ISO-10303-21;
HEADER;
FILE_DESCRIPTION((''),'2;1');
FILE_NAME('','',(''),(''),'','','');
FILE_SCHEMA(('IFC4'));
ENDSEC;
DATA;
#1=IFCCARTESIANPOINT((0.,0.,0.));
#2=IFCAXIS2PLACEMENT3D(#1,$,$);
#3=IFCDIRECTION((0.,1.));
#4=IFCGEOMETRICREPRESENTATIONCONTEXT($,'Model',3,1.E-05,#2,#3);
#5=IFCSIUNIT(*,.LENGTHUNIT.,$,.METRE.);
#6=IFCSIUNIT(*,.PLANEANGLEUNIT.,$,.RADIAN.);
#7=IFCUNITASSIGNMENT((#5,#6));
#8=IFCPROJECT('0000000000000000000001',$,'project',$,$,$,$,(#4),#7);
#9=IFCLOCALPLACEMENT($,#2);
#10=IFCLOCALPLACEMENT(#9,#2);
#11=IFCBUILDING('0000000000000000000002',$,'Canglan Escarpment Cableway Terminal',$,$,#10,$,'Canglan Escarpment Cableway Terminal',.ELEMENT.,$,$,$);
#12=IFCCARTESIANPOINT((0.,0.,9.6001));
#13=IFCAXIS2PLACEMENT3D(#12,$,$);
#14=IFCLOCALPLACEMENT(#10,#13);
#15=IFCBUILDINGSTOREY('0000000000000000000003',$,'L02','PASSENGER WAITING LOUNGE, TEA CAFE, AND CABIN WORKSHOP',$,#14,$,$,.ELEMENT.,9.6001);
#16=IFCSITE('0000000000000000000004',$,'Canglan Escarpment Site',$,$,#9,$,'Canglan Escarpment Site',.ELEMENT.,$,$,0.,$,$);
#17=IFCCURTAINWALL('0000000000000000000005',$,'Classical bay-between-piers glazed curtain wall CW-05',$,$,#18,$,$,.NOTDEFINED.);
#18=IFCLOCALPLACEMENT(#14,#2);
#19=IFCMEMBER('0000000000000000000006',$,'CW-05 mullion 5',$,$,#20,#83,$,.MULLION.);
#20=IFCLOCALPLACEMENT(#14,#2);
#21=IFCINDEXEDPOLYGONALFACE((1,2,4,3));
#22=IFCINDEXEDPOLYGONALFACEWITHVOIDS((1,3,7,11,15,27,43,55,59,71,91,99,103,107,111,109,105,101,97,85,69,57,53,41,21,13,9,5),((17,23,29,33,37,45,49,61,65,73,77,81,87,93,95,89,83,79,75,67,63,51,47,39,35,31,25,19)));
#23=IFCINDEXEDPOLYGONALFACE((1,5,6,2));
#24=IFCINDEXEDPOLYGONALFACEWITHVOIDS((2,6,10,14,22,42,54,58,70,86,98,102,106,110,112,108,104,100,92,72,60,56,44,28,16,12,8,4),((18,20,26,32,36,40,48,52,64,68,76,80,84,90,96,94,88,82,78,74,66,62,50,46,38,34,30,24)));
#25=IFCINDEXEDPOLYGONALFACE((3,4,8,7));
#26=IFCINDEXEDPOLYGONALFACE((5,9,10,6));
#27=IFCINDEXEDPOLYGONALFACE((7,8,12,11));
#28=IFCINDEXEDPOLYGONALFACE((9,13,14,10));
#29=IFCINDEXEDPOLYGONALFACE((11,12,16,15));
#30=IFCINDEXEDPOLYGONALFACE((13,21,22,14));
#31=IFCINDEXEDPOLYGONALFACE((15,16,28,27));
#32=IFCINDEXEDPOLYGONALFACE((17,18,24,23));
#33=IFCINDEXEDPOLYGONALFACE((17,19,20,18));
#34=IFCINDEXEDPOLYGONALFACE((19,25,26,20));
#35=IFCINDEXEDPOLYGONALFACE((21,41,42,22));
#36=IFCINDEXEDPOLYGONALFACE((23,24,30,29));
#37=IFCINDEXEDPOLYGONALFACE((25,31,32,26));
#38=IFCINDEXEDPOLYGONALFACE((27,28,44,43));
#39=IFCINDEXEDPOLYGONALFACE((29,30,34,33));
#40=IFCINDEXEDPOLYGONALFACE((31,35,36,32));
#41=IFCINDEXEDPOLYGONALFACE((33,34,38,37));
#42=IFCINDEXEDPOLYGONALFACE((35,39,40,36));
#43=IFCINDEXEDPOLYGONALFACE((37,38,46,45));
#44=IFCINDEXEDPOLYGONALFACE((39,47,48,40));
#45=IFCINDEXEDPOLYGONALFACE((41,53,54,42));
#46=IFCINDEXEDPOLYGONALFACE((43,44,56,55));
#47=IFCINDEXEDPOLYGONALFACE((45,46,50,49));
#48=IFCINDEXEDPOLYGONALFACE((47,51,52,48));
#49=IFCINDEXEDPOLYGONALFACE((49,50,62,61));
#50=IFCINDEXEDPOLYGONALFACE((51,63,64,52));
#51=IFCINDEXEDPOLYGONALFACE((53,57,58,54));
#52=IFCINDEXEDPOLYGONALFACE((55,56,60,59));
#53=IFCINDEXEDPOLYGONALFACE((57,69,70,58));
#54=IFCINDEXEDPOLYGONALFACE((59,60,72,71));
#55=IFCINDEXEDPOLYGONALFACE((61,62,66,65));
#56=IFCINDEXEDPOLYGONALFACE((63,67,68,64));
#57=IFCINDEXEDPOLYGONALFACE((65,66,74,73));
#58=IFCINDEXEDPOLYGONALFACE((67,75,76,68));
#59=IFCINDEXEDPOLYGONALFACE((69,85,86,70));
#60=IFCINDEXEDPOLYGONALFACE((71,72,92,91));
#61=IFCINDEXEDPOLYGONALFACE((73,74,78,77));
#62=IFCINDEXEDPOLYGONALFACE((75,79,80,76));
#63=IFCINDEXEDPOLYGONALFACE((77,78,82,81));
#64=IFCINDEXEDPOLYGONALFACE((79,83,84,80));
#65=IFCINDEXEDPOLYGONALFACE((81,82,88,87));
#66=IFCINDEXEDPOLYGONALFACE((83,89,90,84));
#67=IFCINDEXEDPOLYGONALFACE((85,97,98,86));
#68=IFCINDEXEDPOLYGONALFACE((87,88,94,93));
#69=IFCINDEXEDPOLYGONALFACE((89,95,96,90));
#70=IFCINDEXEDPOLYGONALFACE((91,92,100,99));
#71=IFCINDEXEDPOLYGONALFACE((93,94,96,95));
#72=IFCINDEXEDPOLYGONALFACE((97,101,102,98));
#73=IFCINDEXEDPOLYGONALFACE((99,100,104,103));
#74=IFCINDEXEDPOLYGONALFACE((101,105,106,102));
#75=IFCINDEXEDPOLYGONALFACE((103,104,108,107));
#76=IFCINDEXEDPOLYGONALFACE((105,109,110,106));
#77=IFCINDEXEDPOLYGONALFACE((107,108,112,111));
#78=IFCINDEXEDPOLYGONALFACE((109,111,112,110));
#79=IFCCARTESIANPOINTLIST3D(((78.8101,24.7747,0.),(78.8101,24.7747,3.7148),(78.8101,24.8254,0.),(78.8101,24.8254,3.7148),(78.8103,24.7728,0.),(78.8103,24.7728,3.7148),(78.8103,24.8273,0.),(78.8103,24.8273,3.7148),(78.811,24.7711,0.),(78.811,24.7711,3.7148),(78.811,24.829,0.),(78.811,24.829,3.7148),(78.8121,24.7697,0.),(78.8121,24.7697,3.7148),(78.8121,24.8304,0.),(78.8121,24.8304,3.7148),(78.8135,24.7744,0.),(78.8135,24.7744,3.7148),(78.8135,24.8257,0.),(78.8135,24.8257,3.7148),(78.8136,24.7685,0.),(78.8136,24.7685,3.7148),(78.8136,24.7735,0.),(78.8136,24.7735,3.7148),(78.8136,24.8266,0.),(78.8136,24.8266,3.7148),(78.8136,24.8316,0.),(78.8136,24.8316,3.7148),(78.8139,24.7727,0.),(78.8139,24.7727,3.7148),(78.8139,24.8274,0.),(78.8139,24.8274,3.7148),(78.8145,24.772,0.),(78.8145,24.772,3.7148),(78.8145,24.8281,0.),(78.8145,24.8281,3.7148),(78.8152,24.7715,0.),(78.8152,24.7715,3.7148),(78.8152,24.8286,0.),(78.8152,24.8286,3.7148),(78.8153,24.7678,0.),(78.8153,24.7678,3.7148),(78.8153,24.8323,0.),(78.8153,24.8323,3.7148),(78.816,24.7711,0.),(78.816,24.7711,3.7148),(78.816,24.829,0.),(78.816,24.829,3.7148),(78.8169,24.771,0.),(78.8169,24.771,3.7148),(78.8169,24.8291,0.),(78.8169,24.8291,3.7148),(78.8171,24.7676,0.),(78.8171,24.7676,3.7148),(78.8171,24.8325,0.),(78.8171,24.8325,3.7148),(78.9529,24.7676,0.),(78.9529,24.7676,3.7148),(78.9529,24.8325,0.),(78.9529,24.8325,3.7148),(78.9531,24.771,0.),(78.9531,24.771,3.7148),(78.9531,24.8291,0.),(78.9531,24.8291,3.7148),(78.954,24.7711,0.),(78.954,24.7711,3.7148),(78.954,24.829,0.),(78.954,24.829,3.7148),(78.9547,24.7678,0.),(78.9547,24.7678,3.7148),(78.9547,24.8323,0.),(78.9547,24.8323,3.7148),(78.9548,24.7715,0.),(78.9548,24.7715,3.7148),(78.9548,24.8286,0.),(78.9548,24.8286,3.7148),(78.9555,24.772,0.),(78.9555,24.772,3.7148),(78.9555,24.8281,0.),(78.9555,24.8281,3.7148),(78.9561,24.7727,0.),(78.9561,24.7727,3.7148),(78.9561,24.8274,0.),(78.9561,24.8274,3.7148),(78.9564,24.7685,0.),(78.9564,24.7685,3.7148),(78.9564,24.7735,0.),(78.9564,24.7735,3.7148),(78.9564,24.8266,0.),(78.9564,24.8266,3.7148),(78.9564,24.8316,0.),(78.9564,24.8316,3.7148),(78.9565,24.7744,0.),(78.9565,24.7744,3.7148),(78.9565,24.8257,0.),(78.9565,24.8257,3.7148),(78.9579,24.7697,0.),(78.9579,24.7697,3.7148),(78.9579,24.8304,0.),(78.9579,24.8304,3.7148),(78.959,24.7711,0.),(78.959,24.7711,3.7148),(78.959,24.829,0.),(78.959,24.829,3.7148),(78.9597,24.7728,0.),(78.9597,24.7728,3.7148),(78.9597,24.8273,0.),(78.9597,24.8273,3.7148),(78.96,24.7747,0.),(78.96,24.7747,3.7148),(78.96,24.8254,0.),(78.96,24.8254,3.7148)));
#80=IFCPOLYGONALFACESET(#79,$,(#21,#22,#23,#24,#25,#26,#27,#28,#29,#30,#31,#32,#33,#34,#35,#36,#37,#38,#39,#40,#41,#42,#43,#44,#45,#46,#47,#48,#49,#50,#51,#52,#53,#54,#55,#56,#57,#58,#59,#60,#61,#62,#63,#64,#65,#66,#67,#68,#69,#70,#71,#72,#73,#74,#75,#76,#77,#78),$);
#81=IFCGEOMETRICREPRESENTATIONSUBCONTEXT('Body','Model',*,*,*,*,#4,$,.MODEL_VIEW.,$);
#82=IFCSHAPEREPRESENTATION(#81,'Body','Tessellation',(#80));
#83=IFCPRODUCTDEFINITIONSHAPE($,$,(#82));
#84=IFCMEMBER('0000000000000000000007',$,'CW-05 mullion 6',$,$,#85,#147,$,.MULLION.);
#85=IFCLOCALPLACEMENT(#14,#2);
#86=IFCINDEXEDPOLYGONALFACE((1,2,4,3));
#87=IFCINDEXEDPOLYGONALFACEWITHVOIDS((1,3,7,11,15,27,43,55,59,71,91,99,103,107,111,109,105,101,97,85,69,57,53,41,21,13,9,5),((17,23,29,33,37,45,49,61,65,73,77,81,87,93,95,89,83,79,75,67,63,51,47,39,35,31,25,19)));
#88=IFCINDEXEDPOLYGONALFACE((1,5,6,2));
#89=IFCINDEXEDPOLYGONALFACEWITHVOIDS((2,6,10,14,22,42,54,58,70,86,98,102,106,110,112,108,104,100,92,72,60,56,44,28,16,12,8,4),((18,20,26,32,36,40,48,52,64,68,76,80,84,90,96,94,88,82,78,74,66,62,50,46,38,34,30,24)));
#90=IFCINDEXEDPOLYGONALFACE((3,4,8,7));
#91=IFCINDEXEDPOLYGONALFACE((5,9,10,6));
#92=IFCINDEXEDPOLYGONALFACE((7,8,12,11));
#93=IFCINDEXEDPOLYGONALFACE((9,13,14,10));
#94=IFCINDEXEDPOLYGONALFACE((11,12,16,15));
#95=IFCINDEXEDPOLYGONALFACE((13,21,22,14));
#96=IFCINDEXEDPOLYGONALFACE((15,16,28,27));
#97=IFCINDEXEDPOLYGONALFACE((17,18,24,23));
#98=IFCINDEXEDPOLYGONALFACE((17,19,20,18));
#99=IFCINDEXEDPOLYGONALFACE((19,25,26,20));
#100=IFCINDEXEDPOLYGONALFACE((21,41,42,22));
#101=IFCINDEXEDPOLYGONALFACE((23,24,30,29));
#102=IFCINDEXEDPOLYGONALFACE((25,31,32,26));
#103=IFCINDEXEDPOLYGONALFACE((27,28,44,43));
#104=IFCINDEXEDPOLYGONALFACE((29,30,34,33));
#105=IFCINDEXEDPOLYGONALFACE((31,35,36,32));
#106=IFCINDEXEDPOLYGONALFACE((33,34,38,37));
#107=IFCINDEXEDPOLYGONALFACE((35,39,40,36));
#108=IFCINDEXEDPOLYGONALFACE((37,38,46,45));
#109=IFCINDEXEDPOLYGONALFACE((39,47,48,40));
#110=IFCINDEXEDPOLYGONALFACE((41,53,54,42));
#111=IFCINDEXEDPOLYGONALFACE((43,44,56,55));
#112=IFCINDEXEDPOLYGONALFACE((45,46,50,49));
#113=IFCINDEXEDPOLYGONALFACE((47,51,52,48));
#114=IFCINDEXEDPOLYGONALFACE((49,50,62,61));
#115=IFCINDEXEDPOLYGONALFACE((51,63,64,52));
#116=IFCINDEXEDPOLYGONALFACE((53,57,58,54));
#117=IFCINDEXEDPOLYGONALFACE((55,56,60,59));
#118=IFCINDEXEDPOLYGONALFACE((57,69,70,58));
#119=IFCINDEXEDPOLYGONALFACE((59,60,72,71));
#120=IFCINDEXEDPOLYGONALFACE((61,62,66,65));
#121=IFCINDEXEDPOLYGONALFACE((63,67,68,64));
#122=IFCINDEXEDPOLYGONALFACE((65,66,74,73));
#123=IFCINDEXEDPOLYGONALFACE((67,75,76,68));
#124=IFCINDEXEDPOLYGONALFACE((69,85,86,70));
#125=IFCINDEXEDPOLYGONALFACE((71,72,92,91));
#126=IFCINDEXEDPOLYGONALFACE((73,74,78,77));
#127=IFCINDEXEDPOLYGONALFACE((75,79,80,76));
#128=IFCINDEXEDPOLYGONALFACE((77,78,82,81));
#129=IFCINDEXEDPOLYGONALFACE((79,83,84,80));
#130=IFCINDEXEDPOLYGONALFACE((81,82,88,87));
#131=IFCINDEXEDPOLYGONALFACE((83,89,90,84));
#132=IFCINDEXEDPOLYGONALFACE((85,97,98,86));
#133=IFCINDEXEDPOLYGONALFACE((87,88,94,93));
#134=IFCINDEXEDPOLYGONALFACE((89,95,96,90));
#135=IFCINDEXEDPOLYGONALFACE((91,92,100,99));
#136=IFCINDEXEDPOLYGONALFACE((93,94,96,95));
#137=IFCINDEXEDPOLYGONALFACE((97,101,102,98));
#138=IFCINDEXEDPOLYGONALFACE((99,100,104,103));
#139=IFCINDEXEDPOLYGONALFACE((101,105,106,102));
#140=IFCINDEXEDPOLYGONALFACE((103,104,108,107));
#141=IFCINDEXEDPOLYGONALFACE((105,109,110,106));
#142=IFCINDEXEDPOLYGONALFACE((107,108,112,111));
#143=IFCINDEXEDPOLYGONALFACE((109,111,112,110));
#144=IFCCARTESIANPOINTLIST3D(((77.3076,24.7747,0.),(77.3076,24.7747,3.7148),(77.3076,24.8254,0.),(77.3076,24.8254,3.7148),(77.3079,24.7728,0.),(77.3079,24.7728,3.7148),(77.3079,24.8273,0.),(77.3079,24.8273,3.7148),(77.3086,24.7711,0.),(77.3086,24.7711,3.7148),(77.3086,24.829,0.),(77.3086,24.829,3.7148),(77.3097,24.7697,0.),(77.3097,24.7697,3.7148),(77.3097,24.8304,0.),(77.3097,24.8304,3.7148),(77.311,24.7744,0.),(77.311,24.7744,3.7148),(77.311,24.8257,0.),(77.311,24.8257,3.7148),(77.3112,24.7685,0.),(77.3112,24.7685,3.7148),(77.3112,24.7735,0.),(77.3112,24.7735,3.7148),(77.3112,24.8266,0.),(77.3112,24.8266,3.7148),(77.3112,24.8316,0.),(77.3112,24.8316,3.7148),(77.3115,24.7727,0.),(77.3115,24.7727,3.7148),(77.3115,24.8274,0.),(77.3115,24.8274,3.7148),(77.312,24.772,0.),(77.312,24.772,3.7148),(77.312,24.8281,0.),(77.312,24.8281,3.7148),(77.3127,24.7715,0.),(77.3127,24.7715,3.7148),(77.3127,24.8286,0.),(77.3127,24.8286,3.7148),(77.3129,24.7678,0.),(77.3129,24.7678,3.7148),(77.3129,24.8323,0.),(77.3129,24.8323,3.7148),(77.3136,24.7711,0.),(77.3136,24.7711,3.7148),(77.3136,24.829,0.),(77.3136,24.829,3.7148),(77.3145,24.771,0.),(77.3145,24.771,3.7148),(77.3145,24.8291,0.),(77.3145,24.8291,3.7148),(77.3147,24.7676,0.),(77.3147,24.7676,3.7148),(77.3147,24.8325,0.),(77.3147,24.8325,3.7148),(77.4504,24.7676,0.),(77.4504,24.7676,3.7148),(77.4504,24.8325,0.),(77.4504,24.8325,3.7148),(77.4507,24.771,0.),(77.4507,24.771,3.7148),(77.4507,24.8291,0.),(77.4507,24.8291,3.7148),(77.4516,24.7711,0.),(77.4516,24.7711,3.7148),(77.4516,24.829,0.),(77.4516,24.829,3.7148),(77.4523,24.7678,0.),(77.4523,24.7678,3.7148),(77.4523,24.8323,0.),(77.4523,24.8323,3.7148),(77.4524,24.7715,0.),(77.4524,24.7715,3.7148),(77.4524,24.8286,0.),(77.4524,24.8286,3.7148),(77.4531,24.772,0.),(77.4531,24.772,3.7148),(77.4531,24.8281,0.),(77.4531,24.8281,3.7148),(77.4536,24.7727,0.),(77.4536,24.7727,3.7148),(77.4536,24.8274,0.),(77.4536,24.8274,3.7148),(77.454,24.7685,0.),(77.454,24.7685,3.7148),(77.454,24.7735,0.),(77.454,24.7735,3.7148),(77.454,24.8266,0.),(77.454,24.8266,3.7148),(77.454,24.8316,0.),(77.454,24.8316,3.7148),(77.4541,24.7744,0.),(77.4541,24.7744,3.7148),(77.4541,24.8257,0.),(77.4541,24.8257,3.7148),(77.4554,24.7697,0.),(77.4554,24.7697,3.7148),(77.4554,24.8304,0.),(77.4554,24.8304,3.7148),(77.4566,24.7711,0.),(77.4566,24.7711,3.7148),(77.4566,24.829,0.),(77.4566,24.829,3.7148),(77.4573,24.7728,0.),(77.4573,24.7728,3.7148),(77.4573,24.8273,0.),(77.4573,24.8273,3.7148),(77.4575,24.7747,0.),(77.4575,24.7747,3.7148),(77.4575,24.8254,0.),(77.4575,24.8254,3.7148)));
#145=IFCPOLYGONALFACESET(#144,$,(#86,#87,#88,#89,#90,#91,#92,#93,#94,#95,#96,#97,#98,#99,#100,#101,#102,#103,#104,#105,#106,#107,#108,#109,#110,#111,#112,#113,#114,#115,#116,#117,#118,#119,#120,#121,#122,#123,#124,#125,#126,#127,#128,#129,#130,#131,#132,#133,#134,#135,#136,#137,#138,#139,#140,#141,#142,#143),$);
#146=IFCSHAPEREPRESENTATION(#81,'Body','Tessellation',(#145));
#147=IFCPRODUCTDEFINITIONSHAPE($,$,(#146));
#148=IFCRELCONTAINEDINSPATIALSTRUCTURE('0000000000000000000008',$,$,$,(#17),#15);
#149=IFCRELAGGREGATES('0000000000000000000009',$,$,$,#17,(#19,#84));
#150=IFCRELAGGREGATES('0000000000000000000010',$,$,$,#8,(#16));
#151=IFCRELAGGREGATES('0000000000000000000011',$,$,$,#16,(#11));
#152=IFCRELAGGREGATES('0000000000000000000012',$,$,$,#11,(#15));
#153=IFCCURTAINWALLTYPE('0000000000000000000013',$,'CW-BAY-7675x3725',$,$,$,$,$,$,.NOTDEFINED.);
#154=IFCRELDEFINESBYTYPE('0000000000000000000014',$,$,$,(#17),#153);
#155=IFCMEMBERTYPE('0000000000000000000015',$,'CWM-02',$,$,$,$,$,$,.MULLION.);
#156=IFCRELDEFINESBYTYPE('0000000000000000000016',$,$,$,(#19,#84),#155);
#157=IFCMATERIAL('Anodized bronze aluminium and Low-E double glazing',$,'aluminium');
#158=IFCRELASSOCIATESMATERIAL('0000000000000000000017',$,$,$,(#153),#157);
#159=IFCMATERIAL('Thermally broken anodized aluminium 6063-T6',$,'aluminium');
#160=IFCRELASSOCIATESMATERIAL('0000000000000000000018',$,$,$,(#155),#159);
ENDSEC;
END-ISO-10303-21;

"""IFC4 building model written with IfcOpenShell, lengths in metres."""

from ifc_helpers import new_model, si_unit, direction, frame, origin, origin_2d, place, context, subcontext, project, spatial, hollow_rectangle, extrude, material, material_profile, profile_set, type_object, element, aggregate, save


model = new_model("IFC4")

# Units and contexts
model_context = context("Model", 3, precision=1e-05, world=origin(), true_north=direction((0.0, 1.0)))
body_context = subcontext(model_context, "Body", "Model", "MODEL_VIEW")
ifc_project = project(units=[si_unit("LENGTHUNIT", "METRE"), si_unit("PLANEANGLEUNIT", "RADIAN")], contexts=[model_context])

# Site, building, storey
site_placement = place(None, origin())
site = spatial("IfcSite", under=ifc_project, at=site_placement, Name="Canglan Escarpment Site", LongName="Canglan Escarpment Site", CompositionType="ELEMENT", RefElevation=0.0)
building_placement = place(site_placement, origin())
building = spatial("IfcBuilding", under=site, at=building_placement, Name="Canglan Escarpment Cableway Terminal", LongName="Canglan Escarpment Cableway Terminal", CompositionType="ELEMENT")
storey_placement = place(building_placement, frame((0.0, 0.0, 9.6001)))
storey = spatial("IfcBuildingStorey", under=building, at=storey_placement, Name="L02", Description="PASSENGER WAITING LOUNGE, TEA CAFE, AND CABIN WORKSHOP", CompositionType="ELEMENT", Elevation=9.6001)

# Curtain wall, members
ifc_material_1 = material(Name="Anodized bronze aluminium and Low-E double glazing", Category="aluminium")
curtain_wall_type = type_object("IfcCurtainWallType", Name="CW-BAY-7675x3725", PredefinedType="NOTDEFINED", material=ifc_material_1)
curtain_wall_placement = place(storey_placement, origin())
curtain_wall = element("IfcCurtainWall", 1, at=curtain_wall_placement, inside=storey, type_object=curtain_wall_type, Name="Classical bay-between-piers glazed curtain wall CW-05", PredefinedType="NOTDEFINED")
ifc_material_2 = material(Name="Thermally broken anodized aluminium 6063-T6", Category="aluminium")
ifc_material_profile_1 = material_profile(ifc_material_2, hollow_rectangle(XDim=0.0649, YDim=0.1499, WallThickness=0.0034, InnerFilletRadius=0.0034, OuterFilletRadius=0.0071, at=origin_2d()), Name="ALU-MULL 65x150x3.5")
ifc_profile_set_1 = profile_set([ifc_material_profile_1], Name="Thermally broken anodized aluminium 6063-T6")
member_type_1 = type_object("IfcMemberType", Name="CWM-02", PredefinedType="MULLION", material=ifc_profile_set_1)
member_1_placement = place(storey_placement, frame((78.885, 24.8, 0.0), z_axis=(0.0, 0.0, 1.0), x_axis=(0.0, -1.0, 0.0)))
member_1 = element("IfcMember", 2, at=member_1_placement, type_object=member_type_1, Name="CW-05 mullion 5", PredefinedType="MULLION", context=body_context, shape_type="SweptSolid", body=[
    extrude(hollow_rectangle(XDim=0.0649, YDim=0.1499, WallThickness=0.0034, InnerFilletRadius=0.0034, OuterFilletRadius=0.0071, at=origin_2d()), origin(), (0.0, 0.0, 1.0), 3.7148),
])
member_2_placement = place(storey_placement, frame((77.3826, 24.8, 0.0), z_axis=(0.0, 0.0, 1.0), x_axis=(0.0, -1.0, 0.0)))
member_2 = element("IfcMember", 3, at=member_2_placement, type_object=member_type_1, Name="CW-05 mullion 6", PredefinedType="MULLION", context=body_context, shape_type="SweptSolid", body=[
    extrude(hollow_rectangle(XDim=0.0649, YDim=0.1499, WallThickness=0.0034, InnerFilletRadius=0.0034, OuterFilletRadius=0.0071, at=origin_2d()), origin(), (0.0, 0.0, 1.0), 3.7148),
])

aggregate(curtain_wall, [member_1, member_2])

save(model, "model.ifc")
